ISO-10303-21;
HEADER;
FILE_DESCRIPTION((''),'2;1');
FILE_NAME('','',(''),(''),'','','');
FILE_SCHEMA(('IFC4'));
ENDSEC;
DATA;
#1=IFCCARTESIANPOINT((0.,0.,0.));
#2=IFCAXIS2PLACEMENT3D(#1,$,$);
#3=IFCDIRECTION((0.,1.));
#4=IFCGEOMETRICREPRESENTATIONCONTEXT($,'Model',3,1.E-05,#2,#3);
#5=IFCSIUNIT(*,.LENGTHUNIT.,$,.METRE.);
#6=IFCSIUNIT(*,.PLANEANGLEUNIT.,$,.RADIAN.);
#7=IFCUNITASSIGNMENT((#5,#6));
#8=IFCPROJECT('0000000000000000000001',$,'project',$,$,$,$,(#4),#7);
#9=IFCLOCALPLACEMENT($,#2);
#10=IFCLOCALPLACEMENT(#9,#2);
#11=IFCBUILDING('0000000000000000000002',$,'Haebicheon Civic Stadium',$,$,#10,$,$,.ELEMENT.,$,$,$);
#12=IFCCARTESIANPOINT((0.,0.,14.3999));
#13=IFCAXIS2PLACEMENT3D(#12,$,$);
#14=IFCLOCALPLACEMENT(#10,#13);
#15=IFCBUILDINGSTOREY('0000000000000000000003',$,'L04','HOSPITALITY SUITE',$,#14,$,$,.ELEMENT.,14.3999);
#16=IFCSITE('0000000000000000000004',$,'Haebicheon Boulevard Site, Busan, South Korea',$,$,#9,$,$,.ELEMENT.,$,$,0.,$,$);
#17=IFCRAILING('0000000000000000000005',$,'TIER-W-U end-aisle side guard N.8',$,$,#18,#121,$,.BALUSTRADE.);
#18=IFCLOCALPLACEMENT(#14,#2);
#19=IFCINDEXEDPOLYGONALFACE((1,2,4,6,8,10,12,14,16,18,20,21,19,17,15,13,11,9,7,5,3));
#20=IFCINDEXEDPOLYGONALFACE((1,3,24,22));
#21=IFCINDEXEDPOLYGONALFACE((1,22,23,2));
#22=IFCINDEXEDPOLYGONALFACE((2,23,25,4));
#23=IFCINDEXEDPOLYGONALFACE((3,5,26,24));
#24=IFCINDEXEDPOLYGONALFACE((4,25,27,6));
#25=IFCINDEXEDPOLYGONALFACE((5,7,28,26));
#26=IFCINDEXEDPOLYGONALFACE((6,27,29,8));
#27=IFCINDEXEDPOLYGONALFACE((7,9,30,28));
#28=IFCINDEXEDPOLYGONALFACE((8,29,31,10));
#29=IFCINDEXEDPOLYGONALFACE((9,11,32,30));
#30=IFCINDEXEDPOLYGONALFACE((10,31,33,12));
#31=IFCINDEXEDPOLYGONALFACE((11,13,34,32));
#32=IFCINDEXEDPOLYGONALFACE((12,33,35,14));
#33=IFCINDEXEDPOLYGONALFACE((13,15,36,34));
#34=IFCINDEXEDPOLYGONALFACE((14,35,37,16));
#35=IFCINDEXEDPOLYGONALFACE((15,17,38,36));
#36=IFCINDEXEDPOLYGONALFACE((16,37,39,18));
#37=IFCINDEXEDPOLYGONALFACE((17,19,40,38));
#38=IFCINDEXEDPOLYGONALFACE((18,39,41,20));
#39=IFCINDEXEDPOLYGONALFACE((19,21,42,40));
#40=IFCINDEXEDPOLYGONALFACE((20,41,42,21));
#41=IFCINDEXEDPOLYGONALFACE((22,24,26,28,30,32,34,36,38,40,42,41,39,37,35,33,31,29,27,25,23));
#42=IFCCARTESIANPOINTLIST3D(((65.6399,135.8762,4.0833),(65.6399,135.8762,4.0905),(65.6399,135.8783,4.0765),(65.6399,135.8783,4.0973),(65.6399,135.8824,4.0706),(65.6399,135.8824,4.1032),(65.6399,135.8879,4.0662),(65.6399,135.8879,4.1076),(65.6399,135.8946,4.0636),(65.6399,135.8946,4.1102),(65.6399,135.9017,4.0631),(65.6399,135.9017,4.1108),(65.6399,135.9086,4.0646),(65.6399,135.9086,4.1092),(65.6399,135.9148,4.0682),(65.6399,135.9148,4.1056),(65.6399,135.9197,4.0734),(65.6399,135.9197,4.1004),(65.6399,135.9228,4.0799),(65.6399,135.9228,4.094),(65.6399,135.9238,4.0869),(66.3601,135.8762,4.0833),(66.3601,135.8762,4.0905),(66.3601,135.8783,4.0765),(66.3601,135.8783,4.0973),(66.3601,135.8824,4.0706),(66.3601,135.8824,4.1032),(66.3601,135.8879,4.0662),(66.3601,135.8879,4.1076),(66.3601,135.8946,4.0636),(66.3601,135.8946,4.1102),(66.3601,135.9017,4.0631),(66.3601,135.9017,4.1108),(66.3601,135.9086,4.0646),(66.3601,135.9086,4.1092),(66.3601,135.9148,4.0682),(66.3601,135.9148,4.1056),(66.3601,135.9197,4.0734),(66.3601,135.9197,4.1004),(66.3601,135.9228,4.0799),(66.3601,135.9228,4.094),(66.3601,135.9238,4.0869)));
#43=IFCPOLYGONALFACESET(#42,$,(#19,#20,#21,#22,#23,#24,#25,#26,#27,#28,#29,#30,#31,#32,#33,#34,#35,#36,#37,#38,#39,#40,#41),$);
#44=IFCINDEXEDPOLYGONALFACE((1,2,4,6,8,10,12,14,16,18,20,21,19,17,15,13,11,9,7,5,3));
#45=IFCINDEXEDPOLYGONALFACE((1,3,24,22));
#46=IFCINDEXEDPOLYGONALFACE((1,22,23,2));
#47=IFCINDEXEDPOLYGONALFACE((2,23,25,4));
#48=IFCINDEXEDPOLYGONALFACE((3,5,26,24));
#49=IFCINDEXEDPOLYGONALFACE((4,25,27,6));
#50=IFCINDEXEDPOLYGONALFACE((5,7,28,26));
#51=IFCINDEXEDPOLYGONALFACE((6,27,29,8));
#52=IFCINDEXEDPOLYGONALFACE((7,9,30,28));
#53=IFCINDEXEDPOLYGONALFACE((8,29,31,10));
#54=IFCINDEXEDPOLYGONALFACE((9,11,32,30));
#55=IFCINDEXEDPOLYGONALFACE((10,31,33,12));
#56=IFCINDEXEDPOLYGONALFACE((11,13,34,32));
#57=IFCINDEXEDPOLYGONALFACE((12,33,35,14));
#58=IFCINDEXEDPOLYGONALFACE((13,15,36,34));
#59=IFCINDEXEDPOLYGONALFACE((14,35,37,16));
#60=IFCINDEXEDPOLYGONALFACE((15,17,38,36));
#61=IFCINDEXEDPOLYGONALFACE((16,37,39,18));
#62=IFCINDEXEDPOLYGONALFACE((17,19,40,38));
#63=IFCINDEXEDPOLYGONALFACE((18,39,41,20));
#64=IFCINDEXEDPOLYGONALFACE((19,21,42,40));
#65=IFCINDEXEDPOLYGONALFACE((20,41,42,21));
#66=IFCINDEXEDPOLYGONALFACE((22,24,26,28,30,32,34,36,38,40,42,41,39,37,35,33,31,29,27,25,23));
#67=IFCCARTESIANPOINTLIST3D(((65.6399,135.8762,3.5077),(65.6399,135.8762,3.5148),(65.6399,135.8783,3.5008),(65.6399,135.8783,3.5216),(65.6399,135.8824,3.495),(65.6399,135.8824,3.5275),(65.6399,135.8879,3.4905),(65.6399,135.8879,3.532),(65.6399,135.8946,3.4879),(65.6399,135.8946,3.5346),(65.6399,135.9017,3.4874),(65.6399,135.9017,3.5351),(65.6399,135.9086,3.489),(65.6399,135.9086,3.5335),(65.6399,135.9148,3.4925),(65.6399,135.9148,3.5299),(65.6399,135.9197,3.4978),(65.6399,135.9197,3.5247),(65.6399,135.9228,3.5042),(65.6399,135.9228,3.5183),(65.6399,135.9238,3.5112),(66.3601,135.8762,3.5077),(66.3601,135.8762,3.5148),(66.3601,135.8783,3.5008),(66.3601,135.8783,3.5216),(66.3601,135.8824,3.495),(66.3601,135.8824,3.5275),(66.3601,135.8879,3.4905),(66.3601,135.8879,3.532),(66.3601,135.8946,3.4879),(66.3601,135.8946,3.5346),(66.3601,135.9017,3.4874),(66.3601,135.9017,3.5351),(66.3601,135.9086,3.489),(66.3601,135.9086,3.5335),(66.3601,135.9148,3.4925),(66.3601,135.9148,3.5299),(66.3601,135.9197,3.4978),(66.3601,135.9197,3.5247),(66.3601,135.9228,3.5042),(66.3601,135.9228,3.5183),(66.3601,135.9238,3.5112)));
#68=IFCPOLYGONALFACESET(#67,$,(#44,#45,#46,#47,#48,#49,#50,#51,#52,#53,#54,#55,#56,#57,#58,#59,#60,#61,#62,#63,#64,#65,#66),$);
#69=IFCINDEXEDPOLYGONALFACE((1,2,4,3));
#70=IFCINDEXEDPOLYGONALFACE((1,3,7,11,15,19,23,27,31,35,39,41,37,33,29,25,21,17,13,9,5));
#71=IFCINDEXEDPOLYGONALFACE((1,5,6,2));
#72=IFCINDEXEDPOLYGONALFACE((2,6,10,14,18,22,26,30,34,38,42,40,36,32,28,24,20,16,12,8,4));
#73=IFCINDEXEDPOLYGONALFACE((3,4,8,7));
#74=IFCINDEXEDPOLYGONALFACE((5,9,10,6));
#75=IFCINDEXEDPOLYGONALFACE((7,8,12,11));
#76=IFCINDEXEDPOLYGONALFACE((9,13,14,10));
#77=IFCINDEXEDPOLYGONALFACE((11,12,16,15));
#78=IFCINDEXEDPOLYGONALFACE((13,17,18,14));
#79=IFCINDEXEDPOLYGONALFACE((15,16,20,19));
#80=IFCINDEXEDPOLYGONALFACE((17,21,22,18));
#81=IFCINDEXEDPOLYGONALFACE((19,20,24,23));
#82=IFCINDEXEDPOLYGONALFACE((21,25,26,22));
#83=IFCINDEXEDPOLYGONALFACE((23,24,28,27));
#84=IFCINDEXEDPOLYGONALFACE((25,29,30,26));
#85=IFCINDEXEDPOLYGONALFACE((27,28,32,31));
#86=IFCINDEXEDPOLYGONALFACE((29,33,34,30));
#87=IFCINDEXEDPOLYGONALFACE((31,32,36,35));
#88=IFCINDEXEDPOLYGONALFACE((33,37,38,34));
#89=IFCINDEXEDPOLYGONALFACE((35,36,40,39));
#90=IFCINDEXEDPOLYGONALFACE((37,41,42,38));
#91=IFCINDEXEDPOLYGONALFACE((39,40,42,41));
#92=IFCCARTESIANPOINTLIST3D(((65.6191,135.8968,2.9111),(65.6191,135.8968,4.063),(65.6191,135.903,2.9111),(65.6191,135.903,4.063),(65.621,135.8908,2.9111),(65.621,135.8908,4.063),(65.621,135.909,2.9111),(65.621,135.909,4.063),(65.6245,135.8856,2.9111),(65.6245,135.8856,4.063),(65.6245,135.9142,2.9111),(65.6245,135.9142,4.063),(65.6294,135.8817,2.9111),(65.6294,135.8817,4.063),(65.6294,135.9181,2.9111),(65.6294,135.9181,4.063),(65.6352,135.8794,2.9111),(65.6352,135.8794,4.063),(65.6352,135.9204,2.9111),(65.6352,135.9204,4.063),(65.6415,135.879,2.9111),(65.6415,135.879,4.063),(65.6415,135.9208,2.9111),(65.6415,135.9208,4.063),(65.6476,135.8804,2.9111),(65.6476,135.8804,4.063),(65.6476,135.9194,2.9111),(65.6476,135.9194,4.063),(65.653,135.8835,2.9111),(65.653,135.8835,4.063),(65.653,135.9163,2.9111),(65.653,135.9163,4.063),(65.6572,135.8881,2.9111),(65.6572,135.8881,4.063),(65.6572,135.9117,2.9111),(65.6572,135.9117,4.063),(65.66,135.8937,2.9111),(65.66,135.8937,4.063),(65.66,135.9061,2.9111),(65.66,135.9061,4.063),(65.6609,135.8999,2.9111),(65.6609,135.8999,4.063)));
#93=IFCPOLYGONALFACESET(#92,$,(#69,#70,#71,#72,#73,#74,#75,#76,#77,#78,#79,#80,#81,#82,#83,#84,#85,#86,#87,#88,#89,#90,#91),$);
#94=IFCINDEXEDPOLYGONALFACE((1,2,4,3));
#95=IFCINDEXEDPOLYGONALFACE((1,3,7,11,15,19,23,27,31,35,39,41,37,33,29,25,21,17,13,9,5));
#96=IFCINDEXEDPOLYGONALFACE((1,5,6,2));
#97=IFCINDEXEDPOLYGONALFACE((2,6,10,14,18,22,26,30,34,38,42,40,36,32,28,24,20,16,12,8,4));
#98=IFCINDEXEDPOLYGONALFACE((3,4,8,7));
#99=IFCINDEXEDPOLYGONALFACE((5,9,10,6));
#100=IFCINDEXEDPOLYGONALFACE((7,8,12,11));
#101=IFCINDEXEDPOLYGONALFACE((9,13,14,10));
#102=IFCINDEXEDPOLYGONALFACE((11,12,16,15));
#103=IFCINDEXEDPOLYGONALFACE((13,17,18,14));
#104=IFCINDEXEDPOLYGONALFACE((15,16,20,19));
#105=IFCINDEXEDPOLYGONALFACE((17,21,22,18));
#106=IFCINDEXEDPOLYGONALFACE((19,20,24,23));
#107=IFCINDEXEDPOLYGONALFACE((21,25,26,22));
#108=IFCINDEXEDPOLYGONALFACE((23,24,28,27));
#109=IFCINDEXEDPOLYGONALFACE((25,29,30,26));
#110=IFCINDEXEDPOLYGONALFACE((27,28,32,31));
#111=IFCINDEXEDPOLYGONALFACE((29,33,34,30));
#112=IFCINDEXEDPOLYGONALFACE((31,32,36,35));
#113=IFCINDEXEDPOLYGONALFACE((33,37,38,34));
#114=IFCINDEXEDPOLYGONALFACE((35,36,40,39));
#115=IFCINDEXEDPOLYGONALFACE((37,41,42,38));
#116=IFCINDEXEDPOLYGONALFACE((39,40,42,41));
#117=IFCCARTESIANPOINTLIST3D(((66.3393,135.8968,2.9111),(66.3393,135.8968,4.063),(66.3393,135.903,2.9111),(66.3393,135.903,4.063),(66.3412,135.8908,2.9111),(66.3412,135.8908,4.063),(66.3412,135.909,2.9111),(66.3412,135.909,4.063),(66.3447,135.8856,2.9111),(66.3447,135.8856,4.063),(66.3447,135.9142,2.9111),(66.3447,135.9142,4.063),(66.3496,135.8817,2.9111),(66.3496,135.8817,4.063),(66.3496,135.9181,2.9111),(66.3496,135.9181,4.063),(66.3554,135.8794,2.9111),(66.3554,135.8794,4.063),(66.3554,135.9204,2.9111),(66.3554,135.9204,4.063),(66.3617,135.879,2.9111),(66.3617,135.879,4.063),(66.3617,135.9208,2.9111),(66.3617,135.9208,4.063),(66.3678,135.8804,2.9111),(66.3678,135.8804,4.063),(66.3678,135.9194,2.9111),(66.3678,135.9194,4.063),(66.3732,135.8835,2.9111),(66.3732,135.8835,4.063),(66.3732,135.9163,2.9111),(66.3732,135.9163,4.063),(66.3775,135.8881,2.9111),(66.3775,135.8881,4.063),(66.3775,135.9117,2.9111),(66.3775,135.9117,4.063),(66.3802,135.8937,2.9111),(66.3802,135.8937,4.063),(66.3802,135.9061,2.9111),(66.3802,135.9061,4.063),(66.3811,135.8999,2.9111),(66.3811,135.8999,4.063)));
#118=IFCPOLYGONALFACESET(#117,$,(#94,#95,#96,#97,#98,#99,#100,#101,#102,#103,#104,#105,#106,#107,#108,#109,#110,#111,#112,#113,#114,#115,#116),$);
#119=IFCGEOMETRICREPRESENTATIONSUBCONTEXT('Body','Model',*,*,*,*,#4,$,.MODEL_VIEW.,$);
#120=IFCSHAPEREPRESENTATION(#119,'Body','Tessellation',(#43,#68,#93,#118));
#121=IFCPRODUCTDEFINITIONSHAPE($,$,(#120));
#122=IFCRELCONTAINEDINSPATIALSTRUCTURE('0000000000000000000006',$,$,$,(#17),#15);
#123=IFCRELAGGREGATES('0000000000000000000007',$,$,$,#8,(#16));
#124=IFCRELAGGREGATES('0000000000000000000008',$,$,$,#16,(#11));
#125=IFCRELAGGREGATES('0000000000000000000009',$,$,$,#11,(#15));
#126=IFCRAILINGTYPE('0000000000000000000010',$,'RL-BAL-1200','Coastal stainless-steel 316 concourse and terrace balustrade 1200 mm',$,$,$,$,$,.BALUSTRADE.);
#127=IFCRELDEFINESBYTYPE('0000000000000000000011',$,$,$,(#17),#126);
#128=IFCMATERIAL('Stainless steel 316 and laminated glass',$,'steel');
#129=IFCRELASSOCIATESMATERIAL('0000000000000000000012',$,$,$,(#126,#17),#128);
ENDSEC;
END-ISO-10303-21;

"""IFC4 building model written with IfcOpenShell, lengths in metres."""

from ifc_helpers import new_model, si_unit, direction, frame, origin, origin_2d, place, context, subcontext, project, spatial, circle, extrude, material, type_object, element, save


model = new_model("IFC4")

# Units and contexts
model_context = context("Model", 3, precision=1e-05, world=origin(), true_north=direction((0.0, 1.0)))
body_context = subcontext(model_context, "Body", "Model", "MODEL_VIEW")
ifc_project = project(units=[si_unit("LENGTHUNIT", "METRE"), si_unit("PLANEANGLEUNIT", "RADIAN")], contexts=[model_context])

# Site, building, storey
site_placement = place(None, origin())
site = spatial("IfcSite", under=ifc_project, at=site_placement, Name="Haebicheon Boulevard Site, Busan, South Korea", CompositionType="ELEMENT", RefElevation=0.0)
building_placement = place(site_placement, origin())
building = spatial("IfcBuilding", under=site, at=building_placement, Name="Haebicheon Civic Stadium", CompositionType="ELEMENT")
storey_placement = place(building_placement, frame((0.0, 0.0, 14.3999)))
storey = spatial("IfcBuildingStorey", under=building, at=storey_placement, Name="L04", Description="HOSPITALITY SUITE", CompositionType="ELEMENT", Elevation=14.3999)

# Railing
ifc_material_1 = material(Name="Stainless steel 316 and laminated glass", Category="steel")
railing_type = type_object("IfcRailingType", Name="RL-BAL-1200", Description="Coastal stainless-steel 316 concourse and terrace balustrade 1200 mm", PredefinedType="BALUSTRADE", material=ifc_material_1)
railing_placement = place(storey_placement, frame((65.6399, 135.8999, 2.9111)))
element("IfcRailing", 1, at=railing_placement, inside=storey, type_object=railing_type, material=ifc_material_1, Name="TIER-W-U end-aisle side guard N.8", PredefinedType="BALUSTRADE", context=body_context, shape_type="SweptSolid", body=[
    extrude(circle(Radius=0.0239, at=origin_2d()), frame((0.0, 0.0, 1.1758), z_axis=(1.0, 0.0, 0.0), x_axis=(0.0, 1.0, 0.0)), (0.0, 0.0, 1.0), 0.7202),
    extrude(circle(Radius=0.0239, at=origin_2d()), frame((0.0, 0.0, 0.6001), z_axis=(1.0, 0.0, 0.0), x_axis=(0.0, 1.0, 0.0)), (0.0, 0.0, 1.0), 0.7202),
    extrude(circle(Radius=0.021, at=origin_2d()), origin(), (0.0, 0.0, 1.0), 1.1519),
    extrude(circle(Radius=0.021, at=origin_2d()), frame((0.7202, 0.0, 0.0)), (0.0, 0.0, 1.0), 1.1519),
])

save(model, "model.ifc")
